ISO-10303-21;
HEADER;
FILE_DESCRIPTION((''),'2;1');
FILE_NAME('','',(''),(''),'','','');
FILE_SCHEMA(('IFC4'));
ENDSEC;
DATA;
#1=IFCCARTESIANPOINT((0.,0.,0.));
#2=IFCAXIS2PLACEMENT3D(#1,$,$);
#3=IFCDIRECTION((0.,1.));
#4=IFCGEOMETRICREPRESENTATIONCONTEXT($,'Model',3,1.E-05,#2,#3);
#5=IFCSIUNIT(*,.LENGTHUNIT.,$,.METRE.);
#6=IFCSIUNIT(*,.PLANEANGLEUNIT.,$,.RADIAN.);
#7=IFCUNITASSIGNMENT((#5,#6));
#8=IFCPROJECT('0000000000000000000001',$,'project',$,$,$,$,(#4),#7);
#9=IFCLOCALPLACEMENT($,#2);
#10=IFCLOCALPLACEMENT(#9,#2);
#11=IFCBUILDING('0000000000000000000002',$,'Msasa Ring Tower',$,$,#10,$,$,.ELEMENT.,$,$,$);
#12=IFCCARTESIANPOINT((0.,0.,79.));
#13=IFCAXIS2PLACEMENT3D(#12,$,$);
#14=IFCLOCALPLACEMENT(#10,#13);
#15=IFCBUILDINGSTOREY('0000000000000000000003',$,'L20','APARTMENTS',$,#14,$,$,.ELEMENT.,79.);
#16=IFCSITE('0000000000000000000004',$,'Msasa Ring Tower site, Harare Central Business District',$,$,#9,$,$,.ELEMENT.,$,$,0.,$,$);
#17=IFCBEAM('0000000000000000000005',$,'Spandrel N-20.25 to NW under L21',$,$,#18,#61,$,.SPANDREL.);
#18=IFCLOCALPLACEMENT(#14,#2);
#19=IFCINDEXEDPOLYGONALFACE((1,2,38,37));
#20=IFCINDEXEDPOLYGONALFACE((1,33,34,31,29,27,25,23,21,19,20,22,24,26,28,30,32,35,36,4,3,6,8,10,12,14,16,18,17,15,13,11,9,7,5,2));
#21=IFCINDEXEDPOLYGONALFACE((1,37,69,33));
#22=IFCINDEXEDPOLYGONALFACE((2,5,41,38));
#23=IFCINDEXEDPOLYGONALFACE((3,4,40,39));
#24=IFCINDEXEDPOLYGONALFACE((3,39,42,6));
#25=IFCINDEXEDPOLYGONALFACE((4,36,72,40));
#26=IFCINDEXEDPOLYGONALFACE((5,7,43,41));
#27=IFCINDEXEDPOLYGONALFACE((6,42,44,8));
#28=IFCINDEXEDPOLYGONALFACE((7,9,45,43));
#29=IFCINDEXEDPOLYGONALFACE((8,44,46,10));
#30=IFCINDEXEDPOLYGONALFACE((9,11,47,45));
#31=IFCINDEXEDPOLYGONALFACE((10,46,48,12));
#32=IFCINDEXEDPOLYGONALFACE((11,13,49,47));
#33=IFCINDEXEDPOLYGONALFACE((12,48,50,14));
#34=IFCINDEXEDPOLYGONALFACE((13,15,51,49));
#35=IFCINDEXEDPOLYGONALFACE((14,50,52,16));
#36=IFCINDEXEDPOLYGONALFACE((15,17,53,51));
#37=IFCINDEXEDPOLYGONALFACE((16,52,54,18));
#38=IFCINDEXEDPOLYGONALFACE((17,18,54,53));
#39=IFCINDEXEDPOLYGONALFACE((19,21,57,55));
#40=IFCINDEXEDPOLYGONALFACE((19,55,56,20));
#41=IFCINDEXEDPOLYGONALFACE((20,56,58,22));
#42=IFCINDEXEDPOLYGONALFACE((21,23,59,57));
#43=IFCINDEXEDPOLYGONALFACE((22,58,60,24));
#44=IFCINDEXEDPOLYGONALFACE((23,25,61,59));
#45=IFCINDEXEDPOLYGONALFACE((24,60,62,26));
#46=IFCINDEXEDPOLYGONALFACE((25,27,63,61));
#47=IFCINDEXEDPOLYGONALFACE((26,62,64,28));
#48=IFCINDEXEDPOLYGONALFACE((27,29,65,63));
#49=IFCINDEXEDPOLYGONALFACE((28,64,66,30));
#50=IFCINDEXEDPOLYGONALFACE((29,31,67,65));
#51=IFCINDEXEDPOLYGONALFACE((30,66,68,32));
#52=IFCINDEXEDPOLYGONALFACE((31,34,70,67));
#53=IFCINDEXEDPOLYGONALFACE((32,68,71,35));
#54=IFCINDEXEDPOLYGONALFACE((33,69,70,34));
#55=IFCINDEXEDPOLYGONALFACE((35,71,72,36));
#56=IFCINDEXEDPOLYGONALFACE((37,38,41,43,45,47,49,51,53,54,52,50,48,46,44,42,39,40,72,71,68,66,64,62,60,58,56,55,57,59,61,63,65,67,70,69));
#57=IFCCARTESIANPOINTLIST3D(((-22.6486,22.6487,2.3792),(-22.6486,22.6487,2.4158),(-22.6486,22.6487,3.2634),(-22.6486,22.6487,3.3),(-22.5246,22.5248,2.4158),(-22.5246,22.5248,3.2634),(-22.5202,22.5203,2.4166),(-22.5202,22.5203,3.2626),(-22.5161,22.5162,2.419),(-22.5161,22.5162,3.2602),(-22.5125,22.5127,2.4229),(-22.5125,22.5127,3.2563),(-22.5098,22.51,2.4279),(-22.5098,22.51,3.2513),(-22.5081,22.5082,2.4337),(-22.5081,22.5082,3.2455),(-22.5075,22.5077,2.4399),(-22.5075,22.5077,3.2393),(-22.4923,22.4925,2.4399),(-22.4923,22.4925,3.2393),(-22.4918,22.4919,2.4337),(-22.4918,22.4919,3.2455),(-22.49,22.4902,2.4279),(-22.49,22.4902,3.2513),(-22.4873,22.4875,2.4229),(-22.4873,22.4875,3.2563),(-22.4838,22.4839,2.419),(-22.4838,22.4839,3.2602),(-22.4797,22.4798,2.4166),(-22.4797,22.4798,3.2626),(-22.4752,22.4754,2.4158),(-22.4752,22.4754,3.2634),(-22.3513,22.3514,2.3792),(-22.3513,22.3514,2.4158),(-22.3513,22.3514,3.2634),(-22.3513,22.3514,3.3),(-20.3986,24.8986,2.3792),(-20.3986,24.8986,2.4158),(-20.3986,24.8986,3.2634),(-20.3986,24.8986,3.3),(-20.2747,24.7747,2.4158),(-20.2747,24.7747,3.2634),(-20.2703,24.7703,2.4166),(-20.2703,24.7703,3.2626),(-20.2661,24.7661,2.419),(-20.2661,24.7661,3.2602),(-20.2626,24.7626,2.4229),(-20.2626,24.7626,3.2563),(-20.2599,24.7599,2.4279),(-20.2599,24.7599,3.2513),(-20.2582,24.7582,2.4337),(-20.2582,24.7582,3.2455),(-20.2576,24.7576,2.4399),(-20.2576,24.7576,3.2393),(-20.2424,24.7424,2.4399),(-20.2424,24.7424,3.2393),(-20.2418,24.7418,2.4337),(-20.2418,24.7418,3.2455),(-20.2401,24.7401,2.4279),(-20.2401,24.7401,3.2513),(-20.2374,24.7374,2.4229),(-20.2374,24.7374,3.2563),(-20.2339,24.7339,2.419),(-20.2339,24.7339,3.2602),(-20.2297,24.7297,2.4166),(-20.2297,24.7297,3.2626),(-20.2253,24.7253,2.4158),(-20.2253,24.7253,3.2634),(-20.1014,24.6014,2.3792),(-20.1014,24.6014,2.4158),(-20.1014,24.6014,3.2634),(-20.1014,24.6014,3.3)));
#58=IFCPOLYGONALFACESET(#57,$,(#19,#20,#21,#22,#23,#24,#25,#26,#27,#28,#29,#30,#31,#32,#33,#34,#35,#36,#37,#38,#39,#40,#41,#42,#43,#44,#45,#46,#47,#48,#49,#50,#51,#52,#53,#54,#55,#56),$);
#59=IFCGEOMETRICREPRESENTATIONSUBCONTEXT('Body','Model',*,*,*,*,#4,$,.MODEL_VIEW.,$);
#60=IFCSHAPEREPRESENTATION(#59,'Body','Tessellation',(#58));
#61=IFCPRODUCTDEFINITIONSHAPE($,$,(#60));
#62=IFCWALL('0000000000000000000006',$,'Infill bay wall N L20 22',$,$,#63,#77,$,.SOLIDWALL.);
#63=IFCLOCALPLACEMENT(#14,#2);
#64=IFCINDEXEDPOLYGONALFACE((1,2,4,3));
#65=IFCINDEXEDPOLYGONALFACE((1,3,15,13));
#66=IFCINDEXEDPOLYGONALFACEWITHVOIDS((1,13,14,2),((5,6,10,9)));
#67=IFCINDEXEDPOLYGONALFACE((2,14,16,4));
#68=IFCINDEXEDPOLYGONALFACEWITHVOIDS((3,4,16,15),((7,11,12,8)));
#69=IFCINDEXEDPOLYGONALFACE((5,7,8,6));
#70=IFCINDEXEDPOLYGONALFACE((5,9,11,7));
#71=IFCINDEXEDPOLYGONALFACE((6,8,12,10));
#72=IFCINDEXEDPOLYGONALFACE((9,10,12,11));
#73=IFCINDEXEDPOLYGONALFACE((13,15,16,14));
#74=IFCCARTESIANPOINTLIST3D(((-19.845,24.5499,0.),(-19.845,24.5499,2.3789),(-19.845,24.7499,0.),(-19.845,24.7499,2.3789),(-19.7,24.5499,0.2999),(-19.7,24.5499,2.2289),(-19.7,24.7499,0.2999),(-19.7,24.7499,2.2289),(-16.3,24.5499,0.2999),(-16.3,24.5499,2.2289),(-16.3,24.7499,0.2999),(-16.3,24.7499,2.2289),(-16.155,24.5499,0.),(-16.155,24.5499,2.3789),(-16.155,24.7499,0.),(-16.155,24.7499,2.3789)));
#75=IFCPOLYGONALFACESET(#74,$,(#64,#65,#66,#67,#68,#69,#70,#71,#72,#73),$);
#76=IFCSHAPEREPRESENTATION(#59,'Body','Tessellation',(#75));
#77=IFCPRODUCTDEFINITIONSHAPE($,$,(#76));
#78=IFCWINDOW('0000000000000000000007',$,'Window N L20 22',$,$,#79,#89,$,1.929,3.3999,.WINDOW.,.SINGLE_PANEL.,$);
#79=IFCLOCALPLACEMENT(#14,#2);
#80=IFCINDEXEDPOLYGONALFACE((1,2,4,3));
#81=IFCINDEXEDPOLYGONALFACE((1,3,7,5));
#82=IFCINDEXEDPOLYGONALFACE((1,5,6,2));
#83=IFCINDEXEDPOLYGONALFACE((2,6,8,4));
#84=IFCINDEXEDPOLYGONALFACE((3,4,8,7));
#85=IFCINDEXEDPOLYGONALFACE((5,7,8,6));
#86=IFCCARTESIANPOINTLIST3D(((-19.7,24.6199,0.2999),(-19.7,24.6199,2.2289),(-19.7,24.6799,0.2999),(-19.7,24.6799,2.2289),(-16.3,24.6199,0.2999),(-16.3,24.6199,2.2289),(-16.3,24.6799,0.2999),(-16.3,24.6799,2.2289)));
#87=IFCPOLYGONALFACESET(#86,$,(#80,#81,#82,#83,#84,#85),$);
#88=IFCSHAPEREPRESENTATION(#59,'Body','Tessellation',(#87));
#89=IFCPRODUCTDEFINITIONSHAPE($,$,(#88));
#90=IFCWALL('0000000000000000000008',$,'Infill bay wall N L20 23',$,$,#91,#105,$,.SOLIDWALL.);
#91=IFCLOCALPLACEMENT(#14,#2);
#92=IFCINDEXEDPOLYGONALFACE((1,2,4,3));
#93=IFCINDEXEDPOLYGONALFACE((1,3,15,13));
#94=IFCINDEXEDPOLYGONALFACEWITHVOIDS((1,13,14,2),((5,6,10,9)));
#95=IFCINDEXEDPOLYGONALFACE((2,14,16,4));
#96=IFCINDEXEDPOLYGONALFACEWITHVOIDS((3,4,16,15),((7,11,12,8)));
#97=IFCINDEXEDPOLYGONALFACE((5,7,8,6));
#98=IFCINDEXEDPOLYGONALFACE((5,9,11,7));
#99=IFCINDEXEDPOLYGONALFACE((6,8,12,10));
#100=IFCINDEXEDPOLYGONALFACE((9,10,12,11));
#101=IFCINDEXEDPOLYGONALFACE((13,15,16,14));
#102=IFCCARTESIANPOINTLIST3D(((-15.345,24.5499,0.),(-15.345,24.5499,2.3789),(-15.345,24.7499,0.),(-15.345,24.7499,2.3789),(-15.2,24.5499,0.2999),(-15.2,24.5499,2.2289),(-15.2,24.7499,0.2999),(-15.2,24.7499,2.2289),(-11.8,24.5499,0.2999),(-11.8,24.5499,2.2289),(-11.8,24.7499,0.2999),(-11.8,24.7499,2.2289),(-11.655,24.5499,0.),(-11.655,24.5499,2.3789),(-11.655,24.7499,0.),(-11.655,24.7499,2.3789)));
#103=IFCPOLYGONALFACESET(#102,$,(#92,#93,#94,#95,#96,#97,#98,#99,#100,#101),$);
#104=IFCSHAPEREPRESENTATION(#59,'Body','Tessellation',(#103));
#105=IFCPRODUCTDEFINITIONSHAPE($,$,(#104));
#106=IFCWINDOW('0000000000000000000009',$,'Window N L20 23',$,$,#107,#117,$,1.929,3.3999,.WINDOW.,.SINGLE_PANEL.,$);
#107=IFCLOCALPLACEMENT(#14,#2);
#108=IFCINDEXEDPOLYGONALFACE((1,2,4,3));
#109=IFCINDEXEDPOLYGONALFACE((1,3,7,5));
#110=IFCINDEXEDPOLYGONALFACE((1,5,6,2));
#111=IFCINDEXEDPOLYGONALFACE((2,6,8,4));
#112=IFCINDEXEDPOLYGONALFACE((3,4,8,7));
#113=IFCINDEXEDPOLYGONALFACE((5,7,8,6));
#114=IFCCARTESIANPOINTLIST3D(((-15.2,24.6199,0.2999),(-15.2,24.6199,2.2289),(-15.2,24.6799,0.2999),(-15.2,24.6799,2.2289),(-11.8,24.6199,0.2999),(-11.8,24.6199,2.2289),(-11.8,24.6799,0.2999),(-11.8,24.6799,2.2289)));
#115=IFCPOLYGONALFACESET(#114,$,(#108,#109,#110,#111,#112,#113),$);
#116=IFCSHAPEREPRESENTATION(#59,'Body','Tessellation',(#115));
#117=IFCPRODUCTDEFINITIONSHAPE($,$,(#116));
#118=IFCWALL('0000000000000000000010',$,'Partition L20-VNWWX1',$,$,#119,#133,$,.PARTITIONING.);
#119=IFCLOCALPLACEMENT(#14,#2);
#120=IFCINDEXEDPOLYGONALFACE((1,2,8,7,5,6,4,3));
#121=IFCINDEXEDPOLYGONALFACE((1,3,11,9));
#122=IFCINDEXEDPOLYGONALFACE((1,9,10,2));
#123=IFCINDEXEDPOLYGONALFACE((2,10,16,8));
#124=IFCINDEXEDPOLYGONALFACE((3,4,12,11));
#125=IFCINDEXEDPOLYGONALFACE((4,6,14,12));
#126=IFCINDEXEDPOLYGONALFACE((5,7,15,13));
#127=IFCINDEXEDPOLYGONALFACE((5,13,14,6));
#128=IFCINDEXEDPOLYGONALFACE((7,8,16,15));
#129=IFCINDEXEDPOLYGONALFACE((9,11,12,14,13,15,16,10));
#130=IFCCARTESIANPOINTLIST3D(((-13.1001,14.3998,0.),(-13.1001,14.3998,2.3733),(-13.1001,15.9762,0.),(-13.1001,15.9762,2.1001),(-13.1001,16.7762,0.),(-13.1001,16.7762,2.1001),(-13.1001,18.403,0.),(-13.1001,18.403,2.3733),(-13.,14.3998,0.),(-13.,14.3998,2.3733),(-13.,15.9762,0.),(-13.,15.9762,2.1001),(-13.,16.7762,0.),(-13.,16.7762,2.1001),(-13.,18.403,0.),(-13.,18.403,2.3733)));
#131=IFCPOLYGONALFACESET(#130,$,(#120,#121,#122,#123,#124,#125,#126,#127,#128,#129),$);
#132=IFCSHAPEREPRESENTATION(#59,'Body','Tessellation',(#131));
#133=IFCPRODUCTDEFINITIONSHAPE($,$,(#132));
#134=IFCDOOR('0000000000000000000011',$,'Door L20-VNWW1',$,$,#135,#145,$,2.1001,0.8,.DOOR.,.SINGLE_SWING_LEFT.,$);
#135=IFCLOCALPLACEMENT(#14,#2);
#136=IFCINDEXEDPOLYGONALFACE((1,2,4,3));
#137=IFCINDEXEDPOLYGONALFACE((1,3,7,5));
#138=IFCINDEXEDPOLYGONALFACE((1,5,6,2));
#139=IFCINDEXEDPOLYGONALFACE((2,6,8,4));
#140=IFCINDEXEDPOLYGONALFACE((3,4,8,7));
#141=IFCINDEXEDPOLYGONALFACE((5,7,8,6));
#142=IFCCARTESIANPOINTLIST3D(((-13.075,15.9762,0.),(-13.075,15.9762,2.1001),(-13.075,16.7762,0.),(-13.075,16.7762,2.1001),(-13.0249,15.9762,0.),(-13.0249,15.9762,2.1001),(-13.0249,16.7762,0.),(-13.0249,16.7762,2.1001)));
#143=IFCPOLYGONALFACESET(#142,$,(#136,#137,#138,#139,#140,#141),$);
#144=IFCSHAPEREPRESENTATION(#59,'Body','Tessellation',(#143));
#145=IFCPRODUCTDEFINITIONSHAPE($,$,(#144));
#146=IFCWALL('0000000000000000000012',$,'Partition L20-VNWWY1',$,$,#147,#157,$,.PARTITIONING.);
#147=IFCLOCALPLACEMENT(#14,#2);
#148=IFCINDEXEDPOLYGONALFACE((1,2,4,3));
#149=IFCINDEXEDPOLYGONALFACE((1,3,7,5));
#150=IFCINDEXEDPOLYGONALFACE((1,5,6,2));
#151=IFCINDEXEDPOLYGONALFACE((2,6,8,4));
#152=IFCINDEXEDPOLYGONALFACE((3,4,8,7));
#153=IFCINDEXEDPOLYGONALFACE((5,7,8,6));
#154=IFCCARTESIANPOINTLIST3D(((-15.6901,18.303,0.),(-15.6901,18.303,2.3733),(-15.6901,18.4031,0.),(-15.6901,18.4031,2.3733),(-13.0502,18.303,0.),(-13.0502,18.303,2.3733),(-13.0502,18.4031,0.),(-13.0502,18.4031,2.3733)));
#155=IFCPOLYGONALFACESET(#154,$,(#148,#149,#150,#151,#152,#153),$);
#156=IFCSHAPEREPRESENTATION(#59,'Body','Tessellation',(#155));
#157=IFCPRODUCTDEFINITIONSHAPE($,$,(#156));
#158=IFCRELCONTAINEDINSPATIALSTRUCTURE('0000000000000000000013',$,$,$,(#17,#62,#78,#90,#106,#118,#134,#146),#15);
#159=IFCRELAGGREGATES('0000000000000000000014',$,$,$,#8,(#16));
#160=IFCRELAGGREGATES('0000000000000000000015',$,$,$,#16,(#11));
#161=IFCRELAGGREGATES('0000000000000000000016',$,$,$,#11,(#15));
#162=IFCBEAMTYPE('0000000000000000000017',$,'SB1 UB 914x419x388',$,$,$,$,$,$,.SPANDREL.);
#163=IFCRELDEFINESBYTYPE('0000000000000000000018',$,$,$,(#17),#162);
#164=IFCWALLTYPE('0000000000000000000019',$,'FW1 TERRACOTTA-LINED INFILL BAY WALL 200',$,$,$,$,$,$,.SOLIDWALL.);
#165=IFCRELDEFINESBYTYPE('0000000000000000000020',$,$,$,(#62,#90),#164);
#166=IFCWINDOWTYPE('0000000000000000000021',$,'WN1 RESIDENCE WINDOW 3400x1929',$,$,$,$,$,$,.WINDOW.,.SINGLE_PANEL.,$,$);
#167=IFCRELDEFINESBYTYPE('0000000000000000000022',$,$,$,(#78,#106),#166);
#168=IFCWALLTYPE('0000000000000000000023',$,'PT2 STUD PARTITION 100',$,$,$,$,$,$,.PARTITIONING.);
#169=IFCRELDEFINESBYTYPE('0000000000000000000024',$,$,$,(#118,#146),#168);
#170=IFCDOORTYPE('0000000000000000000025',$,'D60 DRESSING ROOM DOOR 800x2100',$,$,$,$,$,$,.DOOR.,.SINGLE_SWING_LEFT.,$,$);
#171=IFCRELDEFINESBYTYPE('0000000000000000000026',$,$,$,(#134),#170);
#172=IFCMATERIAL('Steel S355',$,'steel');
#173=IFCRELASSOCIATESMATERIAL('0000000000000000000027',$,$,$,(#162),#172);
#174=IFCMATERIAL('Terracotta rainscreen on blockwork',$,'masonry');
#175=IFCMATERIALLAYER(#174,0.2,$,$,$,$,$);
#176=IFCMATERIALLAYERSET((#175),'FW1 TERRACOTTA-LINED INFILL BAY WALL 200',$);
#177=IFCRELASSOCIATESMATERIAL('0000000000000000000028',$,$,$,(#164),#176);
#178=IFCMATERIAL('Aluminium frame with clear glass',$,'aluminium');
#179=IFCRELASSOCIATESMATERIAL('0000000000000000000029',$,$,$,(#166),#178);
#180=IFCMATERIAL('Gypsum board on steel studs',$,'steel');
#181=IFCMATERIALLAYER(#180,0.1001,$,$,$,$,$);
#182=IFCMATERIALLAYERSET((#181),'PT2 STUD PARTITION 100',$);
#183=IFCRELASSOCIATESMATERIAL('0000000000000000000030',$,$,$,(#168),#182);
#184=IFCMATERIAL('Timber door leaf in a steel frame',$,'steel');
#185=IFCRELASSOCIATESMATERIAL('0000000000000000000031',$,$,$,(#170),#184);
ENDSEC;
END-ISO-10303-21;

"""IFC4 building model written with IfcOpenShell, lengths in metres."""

from ifc_helpers import new_model, si_unit, direction, frame, frame_2d, origin, origin_2d, place, context, subcontext, project, spatial, rectangle, i_section, extrude, material, layer, layer_set, material_profile, profile_set, type_object, element, fill, save


model = new_model("IFC4")

# Units and contexts
model_context = context("Model", 3, precision=1e-05, world=origin(), true_north=direction((0.0, 1.0)))
body_context = subcontext(model_context, "Body", "Model", "MODEL_VIEW")
ifc_project = project(units=[si_unit("LENGTHUNIT", "METRE"), si_unit("PLANEANGLEUNIT", "RADIAN")], contexts=[model_context])

# Site, building, storey
site_placement = place(None, origin())
site = spatial("IfcSite", under=ifc_project, at=site_placement, Name="Msasa Ring Tower site, Harare Central Business District", CompositionType="ELEMENT", RefElevation=0.0)
building_placement = place(site_placement, origin())
building = spatial("IfcBuilding", under=site, at=building_placement, Name="Msasa Ring Tower", CompositionType="ELEMENT")
storey_placement = place(building_placement, frame((0.0, 0.0, 79.0)))
storey = spatial("IfcBuildingStorey", under=building, at=storey_placement, Name="L20", Description="APARTMENTS", CompositionType="ELEMENT", Elevation=79.0)

# Beam
ifc_material_1 = material(Name="Steel S355", Category="steel")
ifc_material_profile_1 = material_profile(ifc_material_1, i_section(OverallWidth=0.4204, OverallDepth=0.9209, WebThickness=0.0215, FlangeThickness=0.0366, FilletRadius=0.0242, at=origin_2d()), Name="UB 914x419x388")
ifc_profile_set_1 = profile_set([ifc_material_profile_1], Name="Steel S355")
beam_type_1 = type_object("IfcBeamType", Name="SB1 UB 914x419x388", PredefinedType="SPANDREL", material=ifc_profile_set_1)
beam_1_placement = place(storey_placement, frame((-20.25, 24.75, 2.8396), z_axis=(-0.707107, -0.707107, 0.0), x_axis=(0.707107, -0.707107, 0.0)))
element("IfcBeam", 1, at=beam_1_placement, inside=storey, type_object=beam_type_1, Name="Spandrel N-20.25 to NW under L21", PredefinedType="SPANDREL", context=body_context, shape_type="SweptSolid", body=[
    extrude(i_section(OverallWidth=0.4204, OverallDepth=0.9209, WebThickness=0.0215, FlangeThickness=0.0366, FilletRadius=0.0242, at=origin_2d()), origin(), (0.0, 0.0, 1.0), 3.1819),
])

# Walls, openings, windows
ifc_material_2 = material(Name="Terracotta rainscreen on blockwork", Category="masonry")
ifc_layer_1 = layer(ifc_material_2, 0.2)
ifc_layer_set_1 = layer_set([ifc_layer_1], Name="FW1 TERRACOTTA-LINED INFILL BAY WALL 200")
wall_type_1 = type_object("IfcWallType", Name="FW1 TERRACOTTA-LINED INFILL BAY WALL 200", PredefinedType="SOLIDWALL", material=ifc_layer_set_1)
wall_1_placement = place(storey_placement, frame((-19.845, 24.6499, 0.0), z_axis=(0.0, 0.0, 1.0), x_axis=(1.0, 0.0, 0.0)))
wall_1 = element("IfcWall", 2, at=wall_1_placement, inside=storey, type_object=wall_type_1, Name="Infill bay wall N L20 22", PredefinedType="SOLIDWALL", context=body_context, shape_type="SweptSolid", body=[
    extrude(rectangle(XDim=3.6899, YDim=0.2, at=frame_2d((1.845, 0.0))), origin(), (0.0, 0.0, 1.0), 2.3789),
])
opening_1_placement = place(wall_1_placement, frame((0.145, 0.0, 0.3)))
opening_1 = element("IfcOpeningElement", 3, at=opening_1_placement, cuts=wall_1, PredefinedType="OPENING", context=body_context, shape_type="SweptSolid", body=[
    extrude(rectangle(XDim=3.3999, YDim=1.929, at=frame_2d((1.7, 0.9644))), frame((0.0, 0.1099, 0.0), z_axis=(0.0, -1.0, 0.0), x_axis=(1.0, 0.0, 0.0)), (0.0, 0.0, 1.0), 0.22),
])
ifc_material_3 = material(Name="Aluminium frame with clear glass", Category="aluminium")
window_type = type_object("IfcWindowType", Name="WN1 RESIDENCE WINDOW 3400x1929", PartitioningType="SINGLE_PANEL", PredefinedType="WINDOW", material=ifc_material_3)
window_1_placement = place(opening_1_placement, origin())
window_1 = element("IfcWindow", 4, at=window_1_placement, inside=storey, type_object=window_type, Name="Window N L20 22", OverallHeight=1.929, OverallWidth=3.3999, PartitioningType="SINGLE_PANEL", PredefinedType="WINDOW", context=body_context, shape_type="SweptSolid", body=[
    extrude(rectangle(XDim=3.3999, YDim=1.929, at=frame_2d((1.7, 0.9644))), frame((0.0, 0.03, 0.0), z_axis=(0.0, -1.0, 0.0), x_axis=(1.0, 0.0, 0.0)), (0.0, 0.0, 1.0), 0.0601),
])
fill(opening_1, window_1)
wall_2_placement = place(storey_placement, frame((-15.345, 24.6499, 0.0), z_axis=(0.0, 0.0, 1.0), x_axis=(1.0, 0.0, 0.0)))
wall_2 = element("IfcWall", 5, at=wall_2_placement, inside=storey, type_object=wall_type_1, Name="Infill bay wall N L20 23", PredefinedType="SOLIDWALL", context=body_context, shape_type="SweptSolid", body=[
    extrude(rectangle(XDim=3.6899, YDim=0.2, at=frame_2d((1.845, 0.0))), origin(), (0.0, 0.0, 1.0), 2.3789),
])
opening_2_placement = place(wall_2_placement, frame((0.145, 0.0, 0.3)))
opening_2 = element("IfcOpeningElement", 6, at=opening_2_placement, cuts=wall_2, PredefinedType="OPENING", context=body_context, shape_type="SweptSolid", body=[
    extrude(rectangle(XDim=3.3999, YDim=1.929, at=frame_2d((1.7, 0.9644))), frame((0.0, 0.1099, 0.0), z_axis=(0.0, -1.0, 0.0), x_axis=(1.0, 0.0, 0.0)), (0.0, 0.0, 1.0), 0.22),
])
window_2_placement = place(opening_2_placement, origin())
window_2 = element("IfcWindow", 7, at=window_2_placement, inside=storey, type_object=window_type, Name="Window N L20 23", OverallHeight=1.929, OverallWidth=3.3999, PartitioningType="SINGLE_PANEL", PredefinedType="WINDOW", context=body_context, shape_type="SweptSolid", body=[
    extrude(rectangle(XDim=3.3999, YDim=1.929, at=frame_2d((1.7, 0.9644))), frame((0.0, 0.03, 0.0), z_axis=(0.0, -1.0, 0.0), x_axis=(1.0, 0.0, 0.0)), (0.0, 0.0, 1.0), 0.0601),
])
fill(opening_2, window_2)

# Wall, opening, door
ifc_material_4 = material(Name="Gypsum board on steel studs", Category="steel")
ifc_layer_2 = layer(ifc_material_4, 0.1001)
ifc_layer_set_2 = layer_set([ifc_layer_2], Name="PT2 STUD PARTITION 100")
wall_type_2 = type_object("IfcWallType", Name="PT2 STUD PARTITION 100", PredefinedType="PARTITIONING", material=ifc_layer_set_2)
wall_3_placement = place(storey_placement, frame((-13.05, 14.3999, 0.0), z_axis=(0.0, 0.0, 1.0), x_axis=(0.0, 1.0, 0.0)))
wall_3 = element("IfcWall", 8, at=wall_3_placement, inside=storey, type_object=wall_type_2, Name="Partition L20-VNWWX1", PredefinedType="PARTITIONING", context=body_context, shape_type="SweptSolid", body=[
    extrude(rectangle(XDim=4.0032, YDim=0.1001, at=frame_2d((2.0015, 0.0))), origin(), (0.0, 0.0, 1.0), 2.3733),
])
opening_3_placement = place(wall_3_placement, frame((1.5764, 0.0, 0.0)))
opening_3 = element("IfcOpeningElement", 9, at=opening_3_placement, cuts=wall_3, PredefinedType="OPENING", context=body_context, shape_type="SweptSolid", body=[
    extrude(rectangle(XDim=0.8, YDim=2.1001, at=frame_2d((0.3999, 1.05))), frame((0.0, 0.0601, 0.0), z_axis=(0.0, -1.0, 0.0), x_axis=(1.0, 0.0, 0.0)), (0.0, 0.0, 1.0), 0.1201),
])
ifc_material_5 = material(Name="Timber door leaf in a steel frame", Category="steel")
door_type = type_object("IfcDoorType", Name="D60 DRESSING ROOM DOOR 800x2100", OperationType="SINGLE_SWING_LEFT", PredefinedType="DOOR", material=ifc_material_5)
door_1_placement = place(opening_3_placement, origin())
door_1 = element("IfcDoor", 10, at=door_1_placement, inside=storey, type_object=door_type, Name="Door L20-VNWW1", OperationType="SINGLE_SWING_LEFT", OverallHeight=2.1001, OverallWidth=0.8, PredefinedType="DOOR", context=body_context, shape_type="SweptSolid", body=[
    extrude(rectangle(XDim=0.8, YDim=2.1001, at=frame_2d((0.3999, 1.05))), frame((0.0, 0.0249, 0.0), z_axis=(0.0, -1.0, 0.0), x_axis=(1.0, 0.0, 0.0)), (0.0, 0.0, 1.0), 0.05),
])
fill(opening_3, door_1)

# Wall
wall_4_placement = place(storey_placement, frame((-15.6899, 18.353, 0.0), z_axis=(0.0, 0.0, 1.0), x_axis=(1.0, 0.0, 0.0)))
element("IfcWall", 11, at=wall_4_placement, inside=storey, type_object=wall_type_2, Name="Partition L20-VNWWY1", PredefinedType="PARTITIONING", context=body_context, shape_type="SweptSolid", body=[
    extrude(rectangle(XDim=2.6399, YDim=0.1001, at=frame_2d((1.3198, 0.0))), origin(), (0.0, 0.0, 1.0), 2.3733),
])

save(model, "model.ifc")
